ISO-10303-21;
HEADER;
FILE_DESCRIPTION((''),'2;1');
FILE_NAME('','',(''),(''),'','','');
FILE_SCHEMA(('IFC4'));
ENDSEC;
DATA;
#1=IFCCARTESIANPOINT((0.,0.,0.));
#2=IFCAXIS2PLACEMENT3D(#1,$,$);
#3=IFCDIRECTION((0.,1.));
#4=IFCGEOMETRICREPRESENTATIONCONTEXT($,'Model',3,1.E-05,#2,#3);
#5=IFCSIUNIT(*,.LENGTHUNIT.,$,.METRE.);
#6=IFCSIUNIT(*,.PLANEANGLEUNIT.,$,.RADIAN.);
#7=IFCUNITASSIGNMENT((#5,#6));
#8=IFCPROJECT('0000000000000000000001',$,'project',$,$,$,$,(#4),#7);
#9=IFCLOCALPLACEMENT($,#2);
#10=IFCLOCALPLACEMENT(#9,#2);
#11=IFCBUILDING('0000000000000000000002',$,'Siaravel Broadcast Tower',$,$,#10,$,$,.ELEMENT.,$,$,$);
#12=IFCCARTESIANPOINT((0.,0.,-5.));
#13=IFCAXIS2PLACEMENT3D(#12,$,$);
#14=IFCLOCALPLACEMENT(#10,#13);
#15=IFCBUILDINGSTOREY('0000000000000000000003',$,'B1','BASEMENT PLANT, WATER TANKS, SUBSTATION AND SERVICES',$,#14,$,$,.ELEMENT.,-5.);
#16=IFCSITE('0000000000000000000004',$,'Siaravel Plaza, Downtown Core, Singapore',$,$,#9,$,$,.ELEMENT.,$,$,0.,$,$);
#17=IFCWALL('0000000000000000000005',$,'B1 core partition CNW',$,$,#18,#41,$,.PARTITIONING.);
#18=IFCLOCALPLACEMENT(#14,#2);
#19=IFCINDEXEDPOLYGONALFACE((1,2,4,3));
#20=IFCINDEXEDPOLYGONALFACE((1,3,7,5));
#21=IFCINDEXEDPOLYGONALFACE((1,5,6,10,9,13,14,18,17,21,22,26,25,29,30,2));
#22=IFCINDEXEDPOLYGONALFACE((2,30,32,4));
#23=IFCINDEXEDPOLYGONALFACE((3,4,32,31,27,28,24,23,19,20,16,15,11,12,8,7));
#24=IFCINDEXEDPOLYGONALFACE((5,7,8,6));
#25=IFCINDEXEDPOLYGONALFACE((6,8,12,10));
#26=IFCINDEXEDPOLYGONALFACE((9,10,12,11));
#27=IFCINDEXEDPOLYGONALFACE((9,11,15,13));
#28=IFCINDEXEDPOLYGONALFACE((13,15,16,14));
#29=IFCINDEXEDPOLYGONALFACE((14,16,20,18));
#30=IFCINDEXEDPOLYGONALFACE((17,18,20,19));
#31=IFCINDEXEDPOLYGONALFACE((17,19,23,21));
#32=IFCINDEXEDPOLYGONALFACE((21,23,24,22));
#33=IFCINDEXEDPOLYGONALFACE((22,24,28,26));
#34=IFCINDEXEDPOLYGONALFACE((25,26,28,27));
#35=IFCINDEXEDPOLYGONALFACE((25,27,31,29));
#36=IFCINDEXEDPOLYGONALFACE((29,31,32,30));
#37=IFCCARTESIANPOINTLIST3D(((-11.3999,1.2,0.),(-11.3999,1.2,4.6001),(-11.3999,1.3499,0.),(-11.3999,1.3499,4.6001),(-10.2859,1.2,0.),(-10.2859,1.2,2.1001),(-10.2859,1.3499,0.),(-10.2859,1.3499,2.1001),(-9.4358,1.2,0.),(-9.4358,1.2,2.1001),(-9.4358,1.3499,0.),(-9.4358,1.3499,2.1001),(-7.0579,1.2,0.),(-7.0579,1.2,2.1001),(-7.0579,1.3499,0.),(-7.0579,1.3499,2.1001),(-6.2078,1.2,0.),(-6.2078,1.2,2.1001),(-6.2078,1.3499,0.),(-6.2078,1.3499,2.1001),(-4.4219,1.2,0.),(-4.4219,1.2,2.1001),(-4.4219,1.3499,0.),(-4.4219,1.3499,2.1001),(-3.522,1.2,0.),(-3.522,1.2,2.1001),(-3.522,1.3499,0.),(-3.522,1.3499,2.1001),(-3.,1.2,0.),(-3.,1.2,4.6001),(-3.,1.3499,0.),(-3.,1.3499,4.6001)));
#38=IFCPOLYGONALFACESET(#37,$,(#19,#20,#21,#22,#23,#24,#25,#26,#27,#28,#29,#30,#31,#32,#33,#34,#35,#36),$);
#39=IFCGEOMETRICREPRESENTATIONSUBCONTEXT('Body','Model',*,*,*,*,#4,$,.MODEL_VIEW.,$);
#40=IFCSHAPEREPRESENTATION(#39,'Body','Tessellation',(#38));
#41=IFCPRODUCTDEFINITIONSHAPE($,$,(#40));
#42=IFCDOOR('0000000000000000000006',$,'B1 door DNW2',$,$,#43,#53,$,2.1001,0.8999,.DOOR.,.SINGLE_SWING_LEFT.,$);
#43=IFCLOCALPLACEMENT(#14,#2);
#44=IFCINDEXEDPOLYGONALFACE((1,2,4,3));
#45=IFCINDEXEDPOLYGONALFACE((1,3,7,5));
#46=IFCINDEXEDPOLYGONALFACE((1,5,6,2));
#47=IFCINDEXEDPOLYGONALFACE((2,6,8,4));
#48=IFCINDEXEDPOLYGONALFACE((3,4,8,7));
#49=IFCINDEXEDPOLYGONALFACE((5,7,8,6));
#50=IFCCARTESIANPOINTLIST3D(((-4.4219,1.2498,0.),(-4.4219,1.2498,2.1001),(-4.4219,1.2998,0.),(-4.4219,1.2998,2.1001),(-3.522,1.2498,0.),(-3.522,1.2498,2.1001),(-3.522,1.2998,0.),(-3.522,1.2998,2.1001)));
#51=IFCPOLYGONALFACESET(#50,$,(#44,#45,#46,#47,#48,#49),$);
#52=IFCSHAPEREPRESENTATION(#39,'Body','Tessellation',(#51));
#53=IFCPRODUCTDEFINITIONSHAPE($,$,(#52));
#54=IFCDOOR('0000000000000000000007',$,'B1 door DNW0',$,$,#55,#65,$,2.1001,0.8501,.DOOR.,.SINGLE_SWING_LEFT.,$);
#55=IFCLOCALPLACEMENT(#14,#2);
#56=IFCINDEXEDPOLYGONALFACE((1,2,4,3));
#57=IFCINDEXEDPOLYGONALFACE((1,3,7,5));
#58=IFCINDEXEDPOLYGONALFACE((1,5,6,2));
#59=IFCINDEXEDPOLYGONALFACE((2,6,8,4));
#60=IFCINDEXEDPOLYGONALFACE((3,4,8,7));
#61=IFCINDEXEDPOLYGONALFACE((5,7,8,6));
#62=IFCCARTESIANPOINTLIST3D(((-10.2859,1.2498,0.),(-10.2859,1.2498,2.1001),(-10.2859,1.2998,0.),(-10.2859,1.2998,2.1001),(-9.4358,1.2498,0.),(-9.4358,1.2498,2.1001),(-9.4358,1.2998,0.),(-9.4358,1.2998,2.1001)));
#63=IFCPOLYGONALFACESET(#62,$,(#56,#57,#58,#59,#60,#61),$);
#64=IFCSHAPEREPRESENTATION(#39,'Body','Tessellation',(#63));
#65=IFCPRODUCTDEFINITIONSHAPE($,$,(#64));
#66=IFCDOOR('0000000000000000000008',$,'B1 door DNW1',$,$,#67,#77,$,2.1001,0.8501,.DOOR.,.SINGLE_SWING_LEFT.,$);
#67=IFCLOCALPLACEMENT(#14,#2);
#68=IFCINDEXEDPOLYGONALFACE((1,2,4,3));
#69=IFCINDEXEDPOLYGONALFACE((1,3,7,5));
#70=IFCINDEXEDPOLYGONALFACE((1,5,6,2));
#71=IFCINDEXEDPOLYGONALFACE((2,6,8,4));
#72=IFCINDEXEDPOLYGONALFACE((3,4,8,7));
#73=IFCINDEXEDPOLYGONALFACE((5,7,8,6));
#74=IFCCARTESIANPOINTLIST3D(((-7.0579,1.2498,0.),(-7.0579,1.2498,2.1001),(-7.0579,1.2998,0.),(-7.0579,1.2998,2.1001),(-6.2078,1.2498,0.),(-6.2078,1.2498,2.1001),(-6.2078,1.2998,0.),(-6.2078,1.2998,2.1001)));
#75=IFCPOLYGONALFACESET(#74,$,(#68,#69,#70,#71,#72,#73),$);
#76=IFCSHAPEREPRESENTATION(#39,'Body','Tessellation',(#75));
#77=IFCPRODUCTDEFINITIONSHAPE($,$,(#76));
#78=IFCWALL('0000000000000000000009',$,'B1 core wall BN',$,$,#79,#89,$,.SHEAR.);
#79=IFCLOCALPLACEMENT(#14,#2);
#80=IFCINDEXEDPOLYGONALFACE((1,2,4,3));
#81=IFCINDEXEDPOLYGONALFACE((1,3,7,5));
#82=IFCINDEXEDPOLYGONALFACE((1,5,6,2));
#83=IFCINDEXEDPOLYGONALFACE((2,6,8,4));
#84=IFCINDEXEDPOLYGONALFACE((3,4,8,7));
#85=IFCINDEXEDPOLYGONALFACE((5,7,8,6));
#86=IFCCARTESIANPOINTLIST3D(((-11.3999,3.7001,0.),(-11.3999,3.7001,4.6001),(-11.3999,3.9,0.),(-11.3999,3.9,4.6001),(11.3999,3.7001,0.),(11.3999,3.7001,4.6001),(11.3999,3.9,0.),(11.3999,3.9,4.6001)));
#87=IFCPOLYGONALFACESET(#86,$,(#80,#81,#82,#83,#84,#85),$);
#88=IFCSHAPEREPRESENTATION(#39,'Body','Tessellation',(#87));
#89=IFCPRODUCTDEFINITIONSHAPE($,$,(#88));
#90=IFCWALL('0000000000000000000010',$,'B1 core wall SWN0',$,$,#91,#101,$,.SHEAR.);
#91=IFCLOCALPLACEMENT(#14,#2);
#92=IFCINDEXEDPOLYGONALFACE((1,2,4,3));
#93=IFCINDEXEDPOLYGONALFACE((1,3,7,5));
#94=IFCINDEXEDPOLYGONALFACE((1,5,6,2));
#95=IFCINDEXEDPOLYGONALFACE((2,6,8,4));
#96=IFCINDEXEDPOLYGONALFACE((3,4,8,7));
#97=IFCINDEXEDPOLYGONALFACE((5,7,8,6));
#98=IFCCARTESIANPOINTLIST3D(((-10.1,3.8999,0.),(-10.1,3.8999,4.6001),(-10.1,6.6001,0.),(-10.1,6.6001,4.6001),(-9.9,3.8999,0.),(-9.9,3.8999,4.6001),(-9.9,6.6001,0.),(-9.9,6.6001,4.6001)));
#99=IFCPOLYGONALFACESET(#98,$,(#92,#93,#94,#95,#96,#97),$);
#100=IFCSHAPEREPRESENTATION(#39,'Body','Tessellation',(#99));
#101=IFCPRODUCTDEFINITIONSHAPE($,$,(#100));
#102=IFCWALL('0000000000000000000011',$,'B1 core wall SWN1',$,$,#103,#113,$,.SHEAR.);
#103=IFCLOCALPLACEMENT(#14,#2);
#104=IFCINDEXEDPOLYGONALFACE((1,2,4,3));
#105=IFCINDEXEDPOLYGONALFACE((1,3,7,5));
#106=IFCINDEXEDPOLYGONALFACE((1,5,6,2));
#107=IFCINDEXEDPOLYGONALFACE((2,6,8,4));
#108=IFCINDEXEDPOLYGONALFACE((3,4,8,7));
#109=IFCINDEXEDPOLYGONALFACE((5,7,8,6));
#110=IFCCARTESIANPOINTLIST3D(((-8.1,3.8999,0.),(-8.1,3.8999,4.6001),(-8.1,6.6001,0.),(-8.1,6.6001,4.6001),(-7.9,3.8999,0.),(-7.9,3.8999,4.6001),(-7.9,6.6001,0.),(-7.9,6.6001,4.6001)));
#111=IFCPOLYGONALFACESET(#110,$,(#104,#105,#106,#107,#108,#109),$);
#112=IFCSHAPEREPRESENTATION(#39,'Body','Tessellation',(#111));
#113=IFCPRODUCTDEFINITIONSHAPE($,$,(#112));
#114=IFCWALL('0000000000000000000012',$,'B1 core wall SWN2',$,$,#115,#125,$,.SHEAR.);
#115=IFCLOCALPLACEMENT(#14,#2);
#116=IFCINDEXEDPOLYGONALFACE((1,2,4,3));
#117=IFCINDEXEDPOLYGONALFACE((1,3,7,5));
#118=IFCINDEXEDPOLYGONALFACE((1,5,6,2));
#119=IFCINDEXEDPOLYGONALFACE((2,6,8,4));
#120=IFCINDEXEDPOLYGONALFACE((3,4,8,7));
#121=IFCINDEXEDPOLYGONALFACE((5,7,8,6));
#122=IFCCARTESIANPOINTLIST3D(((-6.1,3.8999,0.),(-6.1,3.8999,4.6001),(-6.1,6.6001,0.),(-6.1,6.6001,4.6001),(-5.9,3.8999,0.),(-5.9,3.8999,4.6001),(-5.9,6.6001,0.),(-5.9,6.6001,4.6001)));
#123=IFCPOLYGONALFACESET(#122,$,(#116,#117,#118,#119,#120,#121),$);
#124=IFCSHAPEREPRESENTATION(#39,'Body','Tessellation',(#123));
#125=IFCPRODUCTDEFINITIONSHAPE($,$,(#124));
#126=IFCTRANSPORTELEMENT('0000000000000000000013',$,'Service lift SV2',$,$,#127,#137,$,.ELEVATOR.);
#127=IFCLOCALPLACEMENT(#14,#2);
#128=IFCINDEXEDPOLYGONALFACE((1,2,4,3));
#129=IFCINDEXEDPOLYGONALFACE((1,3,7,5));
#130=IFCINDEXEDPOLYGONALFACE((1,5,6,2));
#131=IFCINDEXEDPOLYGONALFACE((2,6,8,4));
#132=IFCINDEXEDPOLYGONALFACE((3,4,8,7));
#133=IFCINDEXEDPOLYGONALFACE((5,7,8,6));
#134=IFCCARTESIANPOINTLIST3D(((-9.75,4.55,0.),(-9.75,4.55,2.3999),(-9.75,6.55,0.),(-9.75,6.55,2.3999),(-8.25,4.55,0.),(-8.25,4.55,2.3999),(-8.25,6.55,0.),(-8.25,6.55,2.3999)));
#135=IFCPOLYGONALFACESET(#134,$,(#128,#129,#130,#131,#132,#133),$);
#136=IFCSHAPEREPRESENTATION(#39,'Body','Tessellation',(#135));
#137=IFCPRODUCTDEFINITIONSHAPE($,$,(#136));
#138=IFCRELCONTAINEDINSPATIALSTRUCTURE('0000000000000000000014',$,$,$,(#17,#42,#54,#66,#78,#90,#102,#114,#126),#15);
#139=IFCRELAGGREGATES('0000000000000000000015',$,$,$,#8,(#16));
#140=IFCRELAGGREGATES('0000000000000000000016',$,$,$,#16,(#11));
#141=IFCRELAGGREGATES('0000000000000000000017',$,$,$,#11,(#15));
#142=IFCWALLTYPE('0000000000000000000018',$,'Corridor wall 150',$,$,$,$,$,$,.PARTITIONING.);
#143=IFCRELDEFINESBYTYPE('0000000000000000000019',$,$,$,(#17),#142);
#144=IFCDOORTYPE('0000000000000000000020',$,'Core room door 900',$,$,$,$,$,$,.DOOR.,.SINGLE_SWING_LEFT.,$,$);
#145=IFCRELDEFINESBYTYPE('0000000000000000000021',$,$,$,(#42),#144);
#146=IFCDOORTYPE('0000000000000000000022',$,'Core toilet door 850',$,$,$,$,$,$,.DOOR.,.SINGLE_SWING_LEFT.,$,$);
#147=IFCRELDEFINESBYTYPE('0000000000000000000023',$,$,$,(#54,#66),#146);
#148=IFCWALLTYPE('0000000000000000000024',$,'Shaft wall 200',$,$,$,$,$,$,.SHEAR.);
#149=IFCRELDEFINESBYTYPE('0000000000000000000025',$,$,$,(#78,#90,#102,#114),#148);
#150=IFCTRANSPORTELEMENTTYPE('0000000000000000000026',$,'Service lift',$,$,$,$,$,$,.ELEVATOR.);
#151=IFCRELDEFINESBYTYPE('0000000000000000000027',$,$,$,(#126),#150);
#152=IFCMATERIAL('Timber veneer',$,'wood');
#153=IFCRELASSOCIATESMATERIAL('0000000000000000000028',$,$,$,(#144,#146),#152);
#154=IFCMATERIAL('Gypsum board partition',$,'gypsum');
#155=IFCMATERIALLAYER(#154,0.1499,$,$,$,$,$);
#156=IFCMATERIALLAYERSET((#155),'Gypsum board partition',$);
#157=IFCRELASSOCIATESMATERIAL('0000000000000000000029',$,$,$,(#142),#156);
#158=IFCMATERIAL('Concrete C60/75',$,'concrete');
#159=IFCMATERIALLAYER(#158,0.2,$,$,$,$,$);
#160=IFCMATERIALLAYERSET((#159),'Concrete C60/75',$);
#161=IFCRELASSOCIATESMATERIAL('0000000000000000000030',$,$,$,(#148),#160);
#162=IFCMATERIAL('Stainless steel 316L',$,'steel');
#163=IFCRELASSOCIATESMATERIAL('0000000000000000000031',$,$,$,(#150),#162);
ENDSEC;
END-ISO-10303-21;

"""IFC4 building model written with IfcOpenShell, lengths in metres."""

from ifc_helpers import new_model, si_unit, direction, frame, frame_2d, origin, origin_2d, place, context, subcontext, project, spatial, rectangle, extrude, material, layer, layer_set, type_object, element, fill, save


model = new_model("IFC4")

# Units and contexts
model_context = context("Model", 3, precision=1e-05, world=origin(), true_north=direction((0.0, 1.0)))
body_context = subcontext(model_context, "Body", "Model", "MODEL_VIEW")
ifc_project = project(units=[si_unit("LENGTHUNIT", "METRE"), si_unit("PLANEANGLEUNIT", "RADIAN")], contexts=[model_context])

# Site, building, storey
site_placement = place(None, origin())
site = spatial("IfcSite", under=ifc_project, at=site_placement, Name="Siaravel Plaza, Downtown Core, Singapore", CompositionType="ELEMENT", RefElevation=0.0)
building_placement = place(site_placement, origin())
building = spatial("IfcBuilding", under=site, at=building_placement, Name="Siaravel Broadcast Tower", CompositionType="ELEMENT")
storey_placement = place(building_placement, frame((0.0, 0.0, -5.0)))
storey = spatial("IfcBuildingStorey", under=building, at=storey_placement, Name="B1", Description="BASEMENT PLANT, WATER TANKS, SUBSTATION AND SERVICES", CompositionType="ELEMENT", Elevation=-5.0)

# Wall, openings, doors
ifc_material_1 = material(Name="Concrete C60/75", Category="concrete")
ifc_material_2 = material(Name="Timber veneer", Category="wood")
door_type_1 = type_object("IfcDoorType", Name="Core room door 900", OperationType="SINGLE_SWING_LEFT", PredefinedType="DOOR", material=ifc_material_2)
ifc_material_3 = material(Name="Stainless steel 316L", Category="steel")
ifc_material_4 = material(Name="Gypsum board partition", Category="gypsum")
ifc_layer_1 = layer(ifc_material_4, 0.1499)
ifc_layer_set_1 = layer_set([ifc_layer_1], Name="Gypsum board partition")
wall_type_1 = type_object("IfcWallType", Name="Corridor wall 150", PredefinedType="PARTITIONING", material=ifc_layer_set_1)
wall_1_placement = place(storey_placement, frame((-11.3999, 1.2749, 0.0), z_axis=(0.0, 0.0, 1.0), x_axis=(1.0, 0.0, 0.0)))
wall_1 = element("IfcWall", 1, at=wall_1_placement, inside=storey, type_object=wall_type_1, Name="B1 core partition CNW", PredefinedType="PARTITIONING", context=body_context, shape_type="SweptSolid", body=[
    extrude(rectangle(XDim=8.3999, YDim=0.1499, at=frame_2d((4.2, 0.0))), origin(), (0.0, 0.0, 1.0), 4.6001),
])
opening_1_placement = place(wall_1_placement, frame((1.114, 0.0, 0.0)))
opening_1 = element("IfcOpeningElement", 2, at=opening_1_placement, cuts=wall_1, PredefinedType="OPENING", context=body_context, shape_type="SweptSolid", body=[
    extrude(rectangle(XDim=0.8501, YDim=2.1001, at=frame_2d((0.425, 1.05))), frame((0.0, 0.085, 0.0), z_axis=(0.0, -1.0, 0.0), x_axis=(1.0, 0.0, 0.0)), (0.0, 0.0, 1.0), 0.1699),
])
opening_2_placement = place(wall_1_placement, frame((4.342, 0.0, 0.0)))
opening_2 = element("IfcOpeningElement", 3, at=opening_2_placement, cuts=wall_1, PredefinedType="OPENING", context=body_context, shape_type="SweptSolid", body=[
    extrude(rectangle(XDim=0.8501, YDim=2.1001, at=frame_2d((0.425, 1.05))), frame((0.0, 0.085, 0.0), z_axis=(0.0, -1.0, 0.0), x_axis=(1.0, 0.0, 0.0)), (0.0, 0.0, 1.0), 0.1699),
])
opening_3_placement = place(wall_1_placement, frame((6.978, 0.0, 0.0)))
opening_3 = element("IfcOpeningElement", 4, at=opening_3_placement, cuts=wall_1, PredefinedType="OPENING", context=body_context, shape_type="SweptSolid", body=[
    extrude(rectangle(XDim=0.8999, YDim=2.1001, at=frame_2d((0.45, 1.05))), frame((0.0, 0.085, 0.0), z_axis=(0.0, -1.0, 0.0), x_axis=(1.0, 0.0, 0.0)), (0.0, 0.0, 1.0), 0.1699),
])
door_1_placement = place(opening_3_placement, origin())
door_1 = element("IfcDoor", 5, at=door_1_placement, inside=storey, type_object=door_type_1, Name="B1 door DNW2", OperationType="SINGLE_SWING_LEFT", OverallHeight=2.1001, OverallWidth=0.8999, PredefinedType="DOOR", context=body_context, shape_type="SweptSolid", body=[
    extrude(rectangle(XDim=0.8999, YDim=2.1001, at=frame_2d((0.45, 1.05))), frame((0.0, 0.0249, 0.0), z_axis=(0.0, -1.0, 0.0), x_axis=(1.0, 0.0, 0.0)), (0.0, 0.0, 1.0), 0.05),
])
fill(opening_3, door_1)
door_type_2 = type_object("IfcDoorType", Name="Core toilet door 850", OperationType="SINGLE_SWING_LEFT", PredefinedType="DOOR", material=ifc_material_2)
door_2_placement = place(opening_1_placement, origin())
door_2 = element("IfcDoor", 6, at=door_2_placement, inside=storey, type_object=door_type_2, Name="B1 door DNW0", OperationType="SINGLE_SWING_LEFT", OverallHeight=2.1001, OverallWidth=0.8501, PredefinedType="DOOR", context=body_context, shape_type="SweptSolid", body=[
    extrude(rectangle(XDim=0.8501, YDim=2.1001, at=frame_2d((0.425, 1.05))), frame((0.0, 0.0249, 0.0), z_axis=(0.0, -1.0, 0.0), x_axis=(1.0, 0.0, 0.0)), (0.0, 0.0, 1.0), 0.05),
])
fill(opening_1, door_2)
door_3_placement = place(opening_2_placement, origin())
door_3 = element("IfcDoor", 7, at=door_3_placement, inside=storey, type_object=door_type_2, Name="B1 door DNW1", OperationType="SINGLE_SWING_LEFT", OverallHeight=2.1001, OverallWidth=0.8501, PredefinedType="DOOR", context=body_context, shape_type="SweptSolid", body=[
    extrude(rectangle(XDim=0.8501, YDim=2.1001, at=frame_2d((0.425, 1.05))), frame((0.0, 0.0249, 0.0), z_axis=(0.0, -1.0, 0.0), x_axis=(1.0, 0.0, 0.0)), (0.0, 0.0, 1.0), 0.05),
])
fill(opening_2, door_3)

# Walls
ifc_layer_2 = layer(ifc_material_1, 0.2)
ifc_layer_set_2 = layer_set([ifc_layer_2], Name="Concrete C60/75")
wall_type_2 = type_object("IfcWallType", Name="Shaft wall 200", PredefinedType="SHEAR", material=ifc_layer_set_2)
wall_2_placement = place(storey_placement, frame((-11.3999, 3.8, 0.0), z_axis=(0.0, 0.0, 1.0), x_axis=(1.0, 0.0, 0.0)))
element("IfcWall", 8, at=wall_2_placement, inside=storey, type_object=wall_type_2, Name="B1 core wall BN", PredefinedType="SHEAR", context=body_context, shape_type="SweptSolid", body=[
    extrude(rectangle(XDim=22.7998, YDim=0.2, at=frame_2d((11.3999, 0.0))), origin(), (0.0, 0.0, 1.0), 4.6001),
])
for number, where, z_axis, x_axis, name in (
    (9, (-10.0, 3.8999, 0.0), (0.0, 0.0, 1.0), (0.0, 1.0, 0.0), "B1 core wall SWN0"),
    (10, (-8.0, 3.8999, 0.0), (0.0, 0.0, 1.0), (0.0, 1.0, 0.0), "B1 core wall SWN1"),
    (11, (-6.0, 3.8999, 0.0), (0.0, 0.0, 1.0), (0.0, 1.0, 0.0), "B1 core wall SWN2"),
):
    element("IfcWall", number, at=place(storey_placement, frame(where, z_axis=z_axis, x_axis=x_axis)), inside=storey, type_object=wall_type_2, Name=name, PredefinedType="SHEAR", context=body_context, shape_type="SweptSolid", body=[
        extrude(rectangle(XDim=2.7002, YDim=0.2, at=frame_2d((1.3501, 0.0))), origin(), (0.0, 0.0, 1.0), 4.6001),
    ])

# Transport element
transport_element_type = type_object("IfcTransportElementType", Name="Service lift", PredefinedType="ELEVATOR", material=ifc_material_3)
transport_element_placement = place(storey_placement, frame((-9.0, 5.55, 0.0), z_axis=(0.0, 0.0, 1.0), x_axis=(1.0, 0.0, 0.0)))
element("IfcTransportElement", 12, at=transport_element_placement, inside=storey, type_object=transport_element_type, Name="Service lift SV2", PredefinedType="ELEVATOR", context=body_context, shape_type="SweptSolid", body=[
    extrude(rectangle(XDim=1.5, YDim=2.0, at=origin_2d()), origin(), (0.0, 0.0, 1.0), 2.3999),
])

save(model, "model.ifc")
